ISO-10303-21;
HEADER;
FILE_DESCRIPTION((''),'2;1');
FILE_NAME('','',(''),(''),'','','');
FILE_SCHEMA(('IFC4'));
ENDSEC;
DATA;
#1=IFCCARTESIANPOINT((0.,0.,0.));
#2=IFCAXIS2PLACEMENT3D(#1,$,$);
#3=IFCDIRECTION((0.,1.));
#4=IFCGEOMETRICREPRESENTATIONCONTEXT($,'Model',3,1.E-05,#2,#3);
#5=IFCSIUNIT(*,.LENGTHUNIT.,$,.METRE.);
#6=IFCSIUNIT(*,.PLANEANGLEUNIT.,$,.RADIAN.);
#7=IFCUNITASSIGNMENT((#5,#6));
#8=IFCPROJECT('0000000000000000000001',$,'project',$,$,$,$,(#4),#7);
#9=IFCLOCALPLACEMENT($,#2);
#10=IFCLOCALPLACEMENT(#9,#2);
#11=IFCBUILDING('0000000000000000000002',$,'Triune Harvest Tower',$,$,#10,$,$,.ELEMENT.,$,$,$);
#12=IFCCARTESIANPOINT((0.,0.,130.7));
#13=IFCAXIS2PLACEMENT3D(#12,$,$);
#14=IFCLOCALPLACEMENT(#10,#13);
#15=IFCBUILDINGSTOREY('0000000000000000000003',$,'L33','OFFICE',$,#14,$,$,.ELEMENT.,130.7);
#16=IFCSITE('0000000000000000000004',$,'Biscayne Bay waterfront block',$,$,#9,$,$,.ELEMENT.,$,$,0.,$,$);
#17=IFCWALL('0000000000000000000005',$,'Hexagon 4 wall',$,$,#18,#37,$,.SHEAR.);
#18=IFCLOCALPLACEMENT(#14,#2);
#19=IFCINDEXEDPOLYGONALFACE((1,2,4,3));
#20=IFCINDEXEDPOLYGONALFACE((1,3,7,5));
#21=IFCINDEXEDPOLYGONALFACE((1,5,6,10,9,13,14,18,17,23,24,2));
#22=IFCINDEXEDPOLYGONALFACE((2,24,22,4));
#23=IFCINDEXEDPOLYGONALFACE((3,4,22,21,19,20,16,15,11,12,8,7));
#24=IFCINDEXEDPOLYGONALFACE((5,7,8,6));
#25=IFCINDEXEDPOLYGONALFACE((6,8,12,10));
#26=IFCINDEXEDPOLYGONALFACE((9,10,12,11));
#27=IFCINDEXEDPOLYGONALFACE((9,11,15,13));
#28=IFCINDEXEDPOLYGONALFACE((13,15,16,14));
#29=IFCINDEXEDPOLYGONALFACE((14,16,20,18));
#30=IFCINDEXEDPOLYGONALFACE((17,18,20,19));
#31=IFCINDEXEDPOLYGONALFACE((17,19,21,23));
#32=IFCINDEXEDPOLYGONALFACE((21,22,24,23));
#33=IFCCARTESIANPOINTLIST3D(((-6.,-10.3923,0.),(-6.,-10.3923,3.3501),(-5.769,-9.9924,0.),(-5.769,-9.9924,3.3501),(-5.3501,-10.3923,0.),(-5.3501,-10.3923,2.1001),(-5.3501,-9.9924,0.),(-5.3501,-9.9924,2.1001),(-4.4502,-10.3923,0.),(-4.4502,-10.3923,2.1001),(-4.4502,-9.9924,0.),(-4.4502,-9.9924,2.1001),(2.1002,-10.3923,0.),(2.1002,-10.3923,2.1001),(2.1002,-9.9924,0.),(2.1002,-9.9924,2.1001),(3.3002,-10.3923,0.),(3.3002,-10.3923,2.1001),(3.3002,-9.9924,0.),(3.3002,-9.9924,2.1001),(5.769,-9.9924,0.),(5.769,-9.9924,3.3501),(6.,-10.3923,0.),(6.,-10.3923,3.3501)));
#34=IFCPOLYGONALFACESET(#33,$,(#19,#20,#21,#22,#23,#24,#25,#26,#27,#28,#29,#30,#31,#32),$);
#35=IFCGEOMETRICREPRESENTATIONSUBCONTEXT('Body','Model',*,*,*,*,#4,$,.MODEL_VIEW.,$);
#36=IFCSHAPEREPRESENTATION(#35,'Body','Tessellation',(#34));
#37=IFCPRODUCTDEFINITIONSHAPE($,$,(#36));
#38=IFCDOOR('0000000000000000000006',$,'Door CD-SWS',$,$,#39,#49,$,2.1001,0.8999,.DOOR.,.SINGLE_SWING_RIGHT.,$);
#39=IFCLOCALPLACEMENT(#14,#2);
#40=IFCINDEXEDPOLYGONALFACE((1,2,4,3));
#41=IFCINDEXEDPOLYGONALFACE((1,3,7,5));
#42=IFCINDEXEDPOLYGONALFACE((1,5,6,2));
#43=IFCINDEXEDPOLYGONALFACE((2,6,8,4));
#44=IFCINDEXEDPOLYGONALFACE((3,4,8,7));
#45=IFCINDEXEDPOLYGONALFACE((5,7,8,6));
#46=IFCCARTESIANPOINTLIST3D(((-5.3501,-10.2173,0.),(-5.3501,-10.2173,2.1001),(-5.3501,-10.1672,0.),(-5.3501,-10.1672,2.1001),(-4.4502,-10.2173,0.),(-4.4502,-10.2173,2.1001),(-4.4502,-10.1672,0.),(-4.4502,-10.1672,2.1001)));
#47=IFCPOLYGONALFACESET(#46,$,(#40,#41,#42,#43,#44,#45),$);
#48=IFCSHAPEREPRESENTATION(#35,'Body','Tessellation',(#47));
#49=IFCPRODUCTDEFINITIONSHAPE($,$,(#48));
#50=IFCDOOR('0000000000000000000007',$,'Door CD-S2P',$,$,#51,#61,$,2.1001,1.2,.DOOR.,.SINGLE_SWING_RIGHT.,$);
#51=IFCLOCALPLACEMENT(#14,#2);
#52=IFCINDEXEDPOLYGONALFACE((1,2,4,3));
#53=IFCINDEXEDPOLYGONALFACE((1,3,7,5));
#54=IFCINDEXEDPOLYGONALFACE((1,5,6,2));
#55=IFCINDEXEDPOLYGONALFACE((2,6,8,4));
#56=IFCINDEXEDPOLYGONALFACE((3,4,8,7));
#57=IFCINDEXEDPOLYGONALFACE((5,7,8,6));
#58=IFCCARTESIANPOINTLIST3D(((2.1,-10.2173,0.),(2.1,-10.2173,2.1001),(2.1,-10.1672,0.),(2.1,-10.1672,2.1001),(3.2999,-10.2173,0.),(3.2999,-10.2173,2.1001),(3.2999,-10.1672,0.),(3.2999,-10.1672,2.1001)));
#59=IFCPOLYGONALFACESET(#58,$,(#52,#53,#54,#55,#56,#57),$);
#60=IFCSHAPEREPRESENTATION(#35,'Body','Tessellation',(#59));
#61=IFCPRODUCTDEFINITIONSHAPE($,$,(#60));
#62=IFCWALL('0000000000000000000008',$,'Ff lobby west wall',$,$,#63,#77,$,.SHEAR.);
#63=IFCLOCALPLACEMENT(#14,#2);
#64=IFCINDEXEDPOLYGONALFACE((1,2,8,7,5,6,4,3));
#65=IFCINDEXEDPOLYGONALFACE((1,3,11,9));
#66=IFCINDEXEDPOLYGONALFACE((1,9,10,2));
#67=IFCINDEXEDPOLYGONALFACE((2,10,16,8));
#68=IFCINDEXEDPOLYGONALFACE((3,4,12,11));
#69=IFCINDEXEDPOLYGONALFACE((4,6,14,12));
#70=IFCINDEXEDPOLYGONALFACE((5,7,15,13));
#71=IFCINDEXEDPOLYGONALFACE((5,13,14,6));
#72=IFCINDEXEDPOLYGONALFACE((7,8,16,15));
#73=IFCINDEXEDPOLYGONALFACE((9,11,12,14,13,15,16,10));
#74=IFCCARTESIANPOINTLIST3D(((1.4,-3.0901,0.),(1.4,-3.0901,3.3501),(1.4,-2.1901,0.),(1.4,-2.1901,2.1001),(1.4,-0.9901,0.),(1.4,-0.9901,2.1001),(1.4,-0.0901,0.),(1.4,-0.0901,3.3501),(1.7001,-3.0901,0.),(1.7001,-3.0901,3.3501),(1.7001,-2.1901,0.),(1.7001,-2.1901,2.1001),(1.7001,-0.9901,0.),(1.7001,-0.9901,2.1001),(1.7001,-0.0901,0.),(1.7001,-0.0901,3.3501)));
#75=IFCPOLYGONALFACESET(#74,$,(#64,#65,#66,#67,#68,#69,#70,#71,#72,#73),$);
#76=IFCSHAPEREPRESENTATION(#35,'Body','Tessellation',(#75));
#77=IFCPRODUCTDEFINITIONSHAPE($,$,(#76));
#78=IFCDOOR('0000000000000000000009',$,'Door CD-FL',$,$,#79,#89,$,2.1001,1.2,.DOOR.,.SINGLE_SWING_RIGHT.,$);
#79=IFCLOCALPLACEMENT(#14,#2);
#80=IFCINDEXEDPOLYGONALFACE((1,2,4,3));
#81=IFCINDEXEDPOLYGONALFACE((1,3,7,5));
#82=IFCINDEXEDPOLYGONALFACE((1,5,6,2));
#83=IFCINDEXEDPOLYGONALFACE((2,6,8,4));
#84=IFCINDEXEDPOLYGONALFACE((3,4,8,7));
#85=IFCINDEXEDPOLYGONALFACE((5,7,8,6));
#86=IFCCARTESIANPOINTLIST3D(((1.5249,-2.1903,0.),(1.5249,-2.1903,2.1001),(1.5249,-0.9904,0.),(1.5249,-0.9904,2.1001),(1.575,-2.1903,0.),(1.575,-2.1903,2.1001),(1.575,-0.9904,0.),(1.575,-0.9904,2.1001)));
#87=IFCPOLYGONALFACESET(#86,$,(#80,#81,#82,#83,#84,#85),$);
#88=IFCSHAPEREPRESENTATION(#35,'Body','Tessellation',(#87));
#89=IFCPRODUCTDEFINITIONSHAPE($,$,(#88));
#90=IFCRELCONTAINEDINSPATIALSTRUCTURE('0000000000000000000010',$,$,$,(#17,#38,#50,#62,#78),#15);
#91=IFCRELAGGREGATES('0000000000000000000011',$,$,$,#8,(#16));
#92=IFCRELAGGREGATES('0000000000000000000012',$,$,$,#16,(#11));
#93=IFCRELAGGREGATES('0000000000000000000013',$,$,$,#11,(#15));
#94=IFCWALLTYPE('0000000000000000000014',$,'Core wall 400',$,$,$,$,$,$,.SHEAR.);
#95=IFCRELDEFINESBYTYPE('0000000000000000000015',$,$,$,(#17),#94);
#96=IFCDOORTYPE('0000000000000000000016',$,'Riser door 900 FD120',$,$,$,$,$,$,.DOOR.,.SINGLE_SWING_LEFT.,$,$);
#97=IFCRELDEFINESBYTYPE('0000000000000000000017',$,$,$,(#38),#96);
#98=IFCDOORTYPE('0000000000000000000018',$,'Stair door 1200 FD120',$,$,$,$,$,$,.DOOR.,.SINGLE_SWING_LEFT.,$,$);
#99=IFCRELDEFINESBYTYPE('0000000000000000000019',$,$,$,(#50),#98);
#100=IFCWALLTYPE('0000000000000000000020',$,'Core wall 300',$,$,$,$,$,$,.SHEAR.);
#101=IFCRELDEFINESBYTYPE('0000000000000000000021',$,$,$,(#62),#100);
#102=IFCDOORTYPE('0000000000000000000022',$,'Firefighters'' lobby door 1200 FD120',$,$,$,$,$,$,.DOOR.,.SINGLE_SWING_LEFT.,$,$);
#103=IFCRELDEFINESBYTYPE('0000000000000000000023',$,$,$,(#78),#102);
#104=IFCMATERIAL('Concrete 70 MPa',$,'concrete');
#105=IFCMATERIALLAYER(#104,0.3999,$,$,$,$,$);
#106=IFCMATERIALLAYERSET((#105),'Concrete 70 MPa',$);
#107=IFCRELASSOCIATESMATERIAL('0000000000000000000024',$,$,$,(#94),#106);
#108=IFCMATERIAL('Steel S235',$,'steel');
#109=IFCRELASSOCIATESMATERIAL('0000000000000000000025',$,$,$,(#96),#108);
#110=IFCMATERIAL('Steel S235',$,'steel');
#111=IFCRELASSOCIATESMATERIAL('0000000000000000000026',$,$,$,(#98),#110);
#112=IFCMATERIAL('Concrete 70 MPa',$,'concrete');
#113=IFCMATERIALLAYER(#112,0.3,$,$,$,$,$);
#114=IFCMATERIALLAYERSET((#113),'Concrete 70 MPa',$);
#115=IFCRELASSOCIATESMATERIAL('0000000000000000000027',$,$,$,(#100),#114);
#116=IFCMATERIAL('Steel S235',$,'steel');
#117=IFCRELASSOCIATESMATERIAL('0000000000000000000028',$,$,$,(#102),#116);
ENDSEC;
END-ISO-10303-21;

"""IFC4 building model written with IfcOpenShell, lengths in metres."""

from ifc_helpers import new_model, si_unit, direction, frame, frame_2d, origin, place, context, subcontext, project, spatial, polyline, rectangle, outline, extrude, source, transform, mapped, material, layer, layer_set, type_object, element, fill, save


model = new_model("IFC4")

# Units and contexts
model_context = context("Model", 3, precision=1e-05, world=origin(), true_north=direction((0.0, 1.0)))
body_context = subcontext(model_context, "Body", "Model", "MODEL_VIEW")
ifc_project = project(units=[si_unit("LENGTHUNIT", "METRE"), si_unit("PLANEANGLEUNIT", "RADIAN")], contexts=[model_context])

# Site, building, storey
site_placement = place(None, origin())
site = spatial("IfcSite", under=ifc_project, at=site_placement, Name="Biscayne Bay waterfront block", CompositionType="ELEMENT", RefElevation=0.0)
building_placement = place(site_placement, origin())
building = spatial("IfcBuilding", under=site, at=building_placement, Name="Triune Harvest Tower", CompositionType="ELEMENT")
storey_placement = place(building_placement, frame((0.0, 0.0, 130.7)))
storey = spatial("IfcBuildingStorey", under=building, at=storey_placement, Name="L33", Description="OFFICE", CompositionType="ELEMENT", Elevation=130.7)

# Wall, openings, doors
ifc_material_1 = material(Name="Concrete 70 MPa", Category="concrete")
ifc_layer_1 = layer(ifc_material_1, 0.3999)
ifc_layer_set_1 = layer_set([ifc_layer_1], Name="Concrete 70 MPa")
wall_type_1 = type_object("IfcWallType", Name="Core wall 400", PredefinedType="SHEAR", material=ifc_layer_set_1)
shared_shape_1 = source(origin(), body_context, "Body", "SweptSolid", [
    extrude(outline(polyline([(-0.1155, -0.2), (11.8845, -0.2), (11.6536, 0.2), (0.1155, 0.2), (-0.1155, -0.2)])), origin(), (0.0, 0.0, 1.0), 3.3501),
])
wall_1_placement = place(storey_placement, frame((-5.8845, -10.1924, 0.0), z_axis=(0.0, 0.0, 1.0), x_axis=(1.0, 0.0, 0.0)))
wall_1 = element("IfcWall", 1, at=wall_1_placement, inside=storey, type_object=wall_type_1, Name="Hexagon 4 wall", PredefinedType="SHEAR", context=body_context, shape_type="MappedRepresentation", body=[
    mapped(shared_shape_1, transform((0.0, 0.0, 0.0), scale=1.0)),
])
opening_1_placement = place(wall_1_placement, frame((7.9846, 0.0, 0.0)))
opening_1 = element("IfcOpeningElement", 2, at=opening_1_placement, cuts=wall_1, PredefinedType="OPENING", context=body_context, shape_type="SweptSolid", body=[
    extrude(rectangle(XDim=1.2, YDim=2.1001, at=frame_2d((0.6001, 1.05))), frame((0.0, 0.21, 0.0), z_axis=(0.0, -1.0, 0.0), x_axis=(1.0, 0.0, 0.0)), (0.0, 0.0, 1.0), 0.4199),
])
opening_2_placement = place(wall_1_placement, frame((0.5344, 0.0, 0.0)))
opening_2 = element("IfcOpeningElement", 3, at=opening_2_placement, cuts=wall_1, PredefinedType="OPENING", context=body_context, shape_type="SweptSolid", body=[
    extrude(rectangle(XDim=0.8999, YDim=2.1001, at=frame_2d((0.45, 1.05))), frame((0.0, 0.21, 0.0), z_axis=(0.0, -1.0, 0.0), x_axis=(1.0, 0.0, 0.0)), (0.0, 0.0, 1.0), 0.4199),
])
ifc_material_2 = material(Name="Steel S235", Category="steel")
door_type_1 = type_object("IfcDoorType", Name="Riser door 900 FD120", OperationType="SINGLE_SWING_LEFT", PredefinedType="DOOR", material=ifc_material_2)
door_1_placement = place(opening_2_placement, frame((0.8999, 0.0, 0.0), z_axis=(0.0, 0.0, 1.0), x_axis=(-1.0, 0.0, 0.0)))
door_1 = element("IfcDoor", 4, at=door_1_placement, inside=storey, type_object=door_type_1, Name="Door CD-SWS", OperationType="SINGLE_SWING_RIGHT", OverallHeight=2.1001, OverallWidth=0.8999, PredefinedType="DOOR", context=body_context, shape_type="SweptSolid", body=[
    extrude(rectangle(XDim=0.8999, YDim=2.1001, at=frame_2d((0.45, 1.05))), frame((0.0, 0.0249, 0.0), z_axis=(0.0, -1.0, 0.0), x_axis=(1.0, 0.0, 0.0)), (0.0, 0.0, 1.0), 0.05),
])
fill(opening_2, door_1)
ifc_material_3 = material(Name="Steel S235", Category="steel")
door_type_2 = type_object("IfcDoorType", Name="Stair door 1200 FD120", OperationType="SINGLE_SWING_LEFT", PredefinedType="DOOR", material=ifc_material_3)
door_2_placement = place(opening_1_placement, frame((1.2, 0.0, 0.0), z_axis=(0.0, 0.0, 1.0), x_axis=(-1.0, 0.0, 0.0)))
door_2 = element("IfcDoor", 5, at=door_2_placement, inside=storey, type_object=door_type_2, Name="Door CD-S2P", OperationType="SINGLE_SWING_RIGHT", OverallHeight=2.1001, OverallWidth=1.2, PredefinedType="DOOR", context=body_context, shape_type="SweptSolid", body=[
    extrude(rectangle(XDim=1.2, YDim=2.1001, at=frame_2d((0.6001, 1.05))), frame((0.0, 0.0249, 0.0), z_axis=(0.0, -1.0, 0.0), x_axis=(1.0, 0.0, 0.0)), (0.0, 0.0, 1.0), 0.05),
])
fill(opening_1, door_2)

# Wall, opening, door
ifc_material_4 = material(Name="Concrete 70 MPa", Category="concrete")
ifc_layer_2 = layer(ifc_material_4, 0.3)
ifc_layer_set_2 = layer_set([ifc_layer_2], Name="Concrete 70 MPa")
wall_type_2 = type_object("IfcWallType", Name="Core wall 300", PredefinedType="SHEAR", material=ifc_layer_set_2)
shared_shape_2 = source(origin(), body_context, "Body", "SweptSolid", [
    extrude(rectangle(XDim=3.0, YDim=0.3, at=frame_2d((1.5, 0.0))), origin(), (0.0, 0.0, 1.0), 3.3501),
])
wall_2_placement = place(storey_placement, frame((1.55, -3.0901, 0.0), z_axis=(0.0, 0.0, 1.0), x_axis=(0.0, 1.0, 0.0)))
wall_2 = element("IfcWall", 6, at=wall_2_placement, inside=storey, type_object=wall_type_2, Name="Ff lobby west wall", PredefinedType="SHEAR", context=body_context, shape_type="MappedRepresentation", body=[
    mapped(shared_shape_2, transform((0.0, 0.0, 0.0), scale=1.0)),
])
opening_3_placement = place(wall_2_placement, frame((0.8999, 0.0, 0.0)))
opening_3 = element("IfcOpeningElement", 7, at=opening_3_placement, cuts=wall_2, PredefinedType="OPENING", context=body_context, shape_type="SweptSolid", body=[
    extrude(rectangle(XDim=1.2, YDim=2.1001, at=frame_2d((0.6001, 1.05))), frame((0.0, 0.1602, 0.0), z_axis=(0.0, -1.0, 0.0), x_axis=(1.0, 0.0, 0.0)), (0.0, 0.0, 1.0), 0.3201),
])
ifc_material_5 = material(Name="Steel S235", Category="steel")
door_type_3 = type_object("IfcDoorType", Name="Firefighters' lobby door 1200 FD120", OperationType="SINGLE_SWING_LEFT", PredefinedType="DOOR", material=ifc_material_5)
door_3_placement = place(opening_3_placement, frame((1.2, 0.0, 0.0), z_axis=(0.0, 0.0, 1.0), x_axis=(-1.0, 0.0, 0.0)))
door_3 = element("IfcDoor", 8, at=door_3_placement, inside=storey, type_object=door_type_3, Name="Door CD-FL", OperationType="SINGLE_SWING_RIGHT", OverallHeight=2.1001, OverallWidth=1.2, PredefinedType="DOOR", context=body_context, shape_type="SweptSolid", body=[
    extrude(rectangle(XDim=1.2, YDim=2.1001, at=frame_2d((0.6001, 1.05))), frame((0.0, 0.0249, 0.0), z_axis=(0.0, -1.0, 0.0), x_axis=(1.0, 0.0, 0.0)), (0.0, 0.0, 1.0), 0.05),
])
fill(opening_3, door_3)

save(model, "model.ifc")
